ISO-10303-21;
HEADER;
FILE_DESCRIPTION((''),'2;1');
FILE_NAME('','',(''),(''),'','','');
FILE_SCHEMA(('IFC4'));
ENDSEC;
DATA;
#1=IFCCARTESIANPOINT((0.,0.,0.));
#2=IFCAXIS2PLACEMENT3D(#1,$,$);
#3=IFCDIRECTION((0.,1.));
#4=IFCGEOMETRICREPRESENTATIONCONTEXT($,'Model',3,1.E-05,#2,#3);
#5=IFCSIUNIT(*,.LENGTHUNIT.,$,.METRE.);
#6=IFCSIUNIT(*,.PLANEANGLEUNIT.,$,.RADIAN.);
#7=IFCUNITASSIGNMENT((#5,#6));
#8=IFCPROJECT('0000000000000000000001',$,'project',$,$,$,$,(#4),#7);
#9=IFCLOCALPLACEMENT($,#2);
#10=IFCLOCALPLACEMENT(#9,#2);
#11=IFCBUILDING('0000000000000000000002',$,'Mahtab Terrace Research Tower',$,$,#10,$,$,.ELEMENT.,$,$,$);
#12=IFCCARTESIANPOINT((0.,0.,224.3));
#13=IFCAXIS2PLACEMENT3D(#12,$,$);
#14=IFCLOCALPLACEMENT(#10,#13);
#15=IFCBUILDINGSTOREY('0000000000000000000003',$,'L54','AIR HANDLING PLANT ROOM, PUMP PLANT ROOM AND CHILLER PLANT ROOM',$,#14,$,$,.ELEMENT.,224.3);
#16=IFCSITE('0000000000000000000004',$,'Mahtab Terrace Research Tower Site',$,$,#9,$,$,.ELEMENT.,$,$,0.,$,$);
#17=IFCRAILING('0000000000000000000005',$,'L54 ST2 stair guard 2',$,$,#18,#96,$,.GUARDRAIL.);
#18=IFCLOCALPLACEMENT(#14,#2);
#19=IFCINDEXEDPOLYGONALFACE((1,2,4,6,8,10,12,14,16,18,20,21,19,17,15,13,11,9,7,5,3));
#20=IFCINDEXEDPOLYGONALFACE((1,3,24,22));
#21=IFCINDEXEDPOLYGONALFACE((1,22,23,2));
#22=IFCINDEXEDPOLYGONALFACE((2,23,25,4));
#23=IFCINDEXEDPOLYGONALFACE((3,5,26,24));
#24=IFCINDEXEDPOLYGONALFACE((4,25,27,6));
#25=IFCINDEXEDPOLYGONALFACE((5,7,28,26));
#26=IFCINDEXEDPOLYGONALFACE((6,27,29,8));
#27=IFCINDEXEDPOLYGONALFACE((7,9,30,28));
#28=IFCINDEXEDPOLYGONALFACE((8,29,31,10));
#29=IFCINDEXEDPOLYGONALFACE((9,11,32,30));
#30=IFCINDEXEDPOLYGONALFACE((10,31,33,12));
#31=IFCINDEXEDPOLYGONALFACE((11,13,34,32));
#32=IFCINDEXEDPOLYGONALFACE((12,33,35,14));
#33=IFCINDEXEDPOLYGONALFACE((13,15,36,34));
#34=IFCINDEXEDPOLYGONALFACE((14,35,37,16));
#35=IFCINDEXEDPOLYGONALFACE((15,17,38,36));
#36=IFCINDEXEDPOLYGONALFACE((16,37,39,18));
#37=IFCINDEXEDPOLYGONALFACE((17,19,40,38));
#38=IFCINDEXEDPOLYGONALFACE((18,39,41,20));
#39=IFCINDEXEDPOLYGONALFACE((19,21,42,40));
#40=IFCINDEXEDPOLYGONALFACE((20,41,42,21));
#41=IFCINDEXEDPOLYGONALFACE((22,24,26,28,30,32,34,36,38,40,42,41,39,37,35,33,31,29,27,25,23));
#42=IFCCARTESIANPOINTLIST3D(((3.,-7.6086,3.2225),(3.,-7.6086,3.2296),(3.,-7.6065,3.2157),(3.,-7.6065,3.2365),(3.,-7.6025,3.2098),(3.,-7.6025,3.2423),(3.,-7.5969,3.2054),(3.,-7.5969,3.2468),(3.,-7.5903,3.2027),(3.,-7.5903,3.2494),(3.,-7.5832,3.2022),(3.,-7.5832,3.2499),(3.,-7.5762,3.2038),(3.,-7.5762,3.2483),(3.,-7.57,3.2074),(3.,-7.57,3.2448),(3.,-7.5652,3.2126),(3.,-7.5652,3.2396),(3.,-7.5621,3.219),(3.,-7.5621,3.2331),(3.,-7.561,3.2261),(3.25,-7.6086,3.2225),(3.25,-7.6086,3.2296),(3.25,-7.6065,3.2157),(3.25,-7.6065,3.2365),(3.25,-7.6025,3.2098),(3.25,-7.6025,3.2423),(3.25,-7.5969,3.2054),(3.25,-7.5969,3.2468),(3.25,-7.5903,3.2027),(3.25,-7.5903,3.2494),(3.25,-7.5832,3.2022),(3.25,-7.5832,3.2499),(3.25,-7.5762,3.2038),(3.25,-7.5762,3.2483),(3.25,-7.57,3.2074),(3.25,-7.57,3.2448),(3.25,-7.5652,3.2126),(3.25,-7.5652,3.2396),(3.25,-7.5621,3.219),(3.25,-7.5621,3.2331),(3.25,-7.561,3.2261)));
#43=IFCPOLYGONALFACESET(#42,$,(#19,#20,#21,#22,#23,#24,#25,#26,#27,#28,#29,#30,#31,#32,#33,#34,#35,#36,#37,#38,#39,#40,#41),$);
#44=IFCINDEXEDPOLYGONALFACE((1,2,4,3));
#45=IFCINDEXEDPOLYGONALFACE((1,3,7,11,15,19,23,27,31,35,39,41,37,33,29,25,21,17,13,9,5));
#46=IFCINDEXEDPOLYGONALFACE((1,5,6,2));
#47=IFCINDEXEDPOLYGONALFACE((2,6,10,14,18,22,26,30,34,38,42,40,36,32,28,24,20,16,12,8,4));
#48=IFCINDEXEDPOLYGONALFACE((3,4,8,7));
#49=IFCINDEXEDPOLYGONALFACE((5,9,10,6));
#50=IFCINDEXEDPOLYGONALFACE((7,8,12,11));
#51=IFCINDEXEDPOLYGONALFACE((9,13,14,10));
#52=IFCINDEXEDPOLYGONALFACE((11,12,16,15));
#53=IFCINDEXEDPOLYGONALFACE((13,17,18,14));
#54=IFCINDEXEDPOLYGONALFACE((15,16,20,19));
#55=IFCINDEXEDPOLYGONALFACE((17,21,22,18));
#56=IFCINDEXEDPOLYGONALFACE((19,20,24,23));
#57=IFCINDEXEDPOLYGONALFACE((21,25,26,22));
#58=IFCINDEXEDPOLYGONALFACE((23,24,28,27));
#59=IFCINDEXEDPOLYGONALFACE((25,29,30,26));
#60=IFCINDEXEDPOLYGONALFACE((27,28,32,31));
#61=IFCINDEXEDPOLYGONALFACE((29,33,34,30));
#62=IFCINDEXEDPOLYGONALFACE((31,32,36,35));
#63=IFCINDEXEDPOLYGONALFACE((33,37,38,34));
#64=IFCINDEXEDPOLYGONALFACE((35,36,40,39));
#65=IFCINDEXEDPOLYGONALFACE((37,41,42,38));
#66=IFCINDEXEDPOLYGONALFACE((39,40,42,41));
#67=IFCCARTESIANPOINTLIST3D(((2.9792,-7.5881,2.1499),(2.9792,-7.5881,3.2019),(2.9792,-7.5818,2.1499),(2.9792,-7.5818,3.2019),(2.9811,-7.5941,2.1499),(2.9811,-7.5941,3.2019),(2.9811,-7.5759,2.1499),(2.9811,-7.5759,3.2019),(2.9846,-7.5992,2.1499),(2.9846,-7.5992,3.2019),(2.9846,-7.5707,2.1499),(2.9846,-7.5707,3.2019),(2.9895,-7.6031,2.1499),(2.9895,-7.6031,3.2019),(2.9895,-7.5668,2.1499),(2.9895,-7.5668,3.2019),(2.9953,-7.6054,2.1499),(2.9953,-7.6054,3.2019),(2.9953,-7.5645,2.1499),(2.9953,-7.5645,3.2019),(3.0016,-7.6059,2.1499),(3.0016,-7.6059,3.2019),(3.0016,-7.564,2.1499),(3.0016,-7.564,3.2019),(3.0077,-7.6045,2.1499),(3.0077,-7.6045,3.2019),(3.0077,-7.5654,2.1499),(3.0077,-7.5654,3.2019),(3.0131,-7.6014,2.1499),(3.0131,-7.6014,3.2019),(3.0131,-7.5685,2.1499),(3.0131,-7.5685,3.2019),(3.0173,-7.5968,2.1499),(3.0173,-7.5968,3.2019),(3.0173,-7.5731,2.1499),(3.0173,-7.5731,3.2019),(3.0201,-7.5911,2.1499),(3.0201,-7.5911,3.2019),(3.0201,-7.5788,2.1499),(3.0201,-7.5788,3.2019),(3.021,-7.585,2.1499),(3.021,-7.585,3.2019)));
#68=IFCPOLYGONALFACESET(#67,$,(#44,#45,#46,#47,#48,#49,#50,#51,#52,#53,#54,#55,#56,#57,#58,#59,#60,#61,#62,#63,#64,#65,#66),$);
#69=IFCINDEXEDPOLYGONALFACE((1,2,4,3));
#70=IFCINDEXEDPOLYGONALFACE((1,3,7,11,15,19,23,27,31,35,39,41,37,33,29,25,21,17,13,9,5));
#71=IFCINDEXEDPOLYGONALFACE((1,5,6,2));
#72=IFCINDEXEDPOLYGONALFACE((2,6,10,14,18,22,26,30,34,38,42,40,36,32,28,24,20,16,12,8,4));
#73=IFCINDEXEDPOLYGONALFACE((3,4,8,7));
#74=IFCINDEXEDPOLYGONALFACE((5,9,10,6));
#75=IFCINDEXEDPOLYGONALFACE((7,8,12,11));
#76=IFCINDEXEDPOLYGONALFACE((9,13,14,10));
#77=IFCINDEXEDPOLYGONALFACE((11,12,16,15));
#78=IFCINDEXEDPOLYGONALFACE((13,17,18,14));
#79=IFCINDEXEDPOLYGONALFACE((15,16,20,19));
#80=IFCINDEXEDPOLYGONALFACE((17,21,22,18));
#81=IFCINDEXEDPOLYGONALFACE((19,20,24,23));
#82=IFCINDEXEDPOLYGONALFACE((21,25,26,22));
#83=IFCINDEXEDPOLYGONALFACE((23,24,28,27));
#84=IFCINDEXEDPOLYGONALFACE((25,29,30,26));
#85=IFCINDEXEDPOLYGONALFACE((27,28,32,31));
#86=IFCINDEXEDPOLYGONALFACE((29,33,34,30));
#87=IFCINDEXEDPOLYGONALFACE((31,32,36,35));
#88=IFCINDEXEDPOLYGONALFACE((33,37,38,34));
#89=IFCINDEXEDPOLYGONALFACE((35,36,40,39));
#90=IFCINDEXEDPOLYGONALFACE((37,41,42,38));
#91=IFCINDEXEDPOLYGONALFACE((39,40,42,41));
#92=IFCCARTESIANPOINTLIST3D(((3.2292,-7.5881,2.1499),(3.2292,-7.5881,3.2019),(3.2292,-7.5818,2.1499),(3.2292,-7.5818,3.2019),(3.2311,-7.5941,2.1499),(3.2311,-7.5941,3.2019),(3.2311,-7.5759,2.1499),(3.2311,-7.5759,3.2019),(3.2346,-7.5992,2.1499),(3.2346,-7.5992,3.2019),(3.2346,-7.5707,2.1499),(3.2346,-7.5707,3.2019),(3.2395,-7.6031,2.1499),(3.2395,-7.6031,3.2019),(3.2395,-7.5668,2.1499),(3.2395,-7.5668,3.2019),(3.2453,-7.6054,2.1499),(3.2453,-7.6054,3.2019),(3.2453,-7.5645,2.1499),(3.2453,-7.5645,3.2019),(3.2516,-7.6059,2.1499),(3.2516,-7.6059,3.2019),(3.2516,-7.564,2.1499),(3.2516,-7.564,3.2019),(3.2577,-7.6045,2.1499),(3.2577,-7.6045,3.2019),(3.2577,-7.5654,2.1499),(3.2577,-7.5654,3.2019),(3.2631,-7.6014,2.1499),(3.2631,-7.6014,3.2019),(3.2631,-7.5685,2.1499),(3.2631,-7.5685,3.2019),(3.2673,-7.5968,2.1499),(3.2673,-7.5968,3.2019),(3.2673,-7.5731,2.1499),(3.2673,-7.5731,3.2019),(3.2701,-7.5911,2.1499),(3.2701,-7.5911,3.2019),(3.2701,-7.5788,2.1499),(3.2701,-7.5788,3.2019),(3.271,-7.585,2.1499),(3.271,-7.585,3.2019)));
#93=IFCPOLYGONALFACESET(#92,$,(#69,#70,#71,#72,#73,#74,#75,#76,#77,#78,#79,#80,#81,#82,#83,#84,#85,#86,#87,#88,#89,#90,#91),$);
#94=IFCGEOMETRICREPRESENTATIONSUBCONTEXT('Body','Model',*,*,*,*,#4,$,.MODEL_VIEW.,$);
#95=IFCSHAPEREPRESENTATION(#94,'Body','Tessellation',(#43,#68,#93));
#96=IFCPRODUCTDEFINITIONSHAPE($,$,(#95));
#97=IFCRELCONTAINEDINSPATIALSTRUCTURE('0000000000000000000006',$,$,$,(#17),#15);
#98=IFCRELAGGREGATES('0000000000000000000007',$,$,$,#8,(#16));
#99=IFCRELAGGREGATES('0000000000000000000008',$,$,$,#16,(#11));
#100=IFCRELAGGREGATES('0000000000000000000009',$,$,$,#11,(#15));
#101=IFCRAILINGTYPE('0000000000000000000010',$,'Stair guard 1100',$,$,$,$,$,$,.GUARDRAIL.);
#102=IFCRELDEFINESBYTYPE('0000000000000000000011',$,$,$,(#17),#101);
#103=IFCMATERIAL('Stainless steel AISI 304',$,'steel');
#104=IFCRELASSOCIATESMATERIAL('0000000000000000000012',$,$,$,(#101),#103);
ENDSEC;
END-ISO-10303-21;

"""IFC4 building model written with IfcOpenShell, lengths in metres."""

from ifc_helpers import new_model, si_unit, direction, frame, origin, origin_2d, place, context, subcontext, project, spatial, circle, extrude, material, type_object, element, save


model = new_model("IFC4")

# Units and contexts
model_context = context("Model", 3, precision=1e-05, world=origin(), true_north=direction((0.0, 1.0)))
body_context = subcontext(model_context, "Body", "Model", "MODEL_VIEW")
ifc_project = project(units=[si_unit("LENGTHUNIT", "METRE"), si_unit("PLANEANGLEUNIT", "RADIAN")], contexts=[model_context])

# Site, building, storey
site_placement = place(None, origin())
site = spatial("IfcSite", under=ifc_project, at=site_placement, Name="Mahtab Terrace Research Tower Site", CompositionType="ELEMENT", RefElevation=0.0)
building_placement = place(site_placement, origin())
building = spatial("IfcBuilding", under=site, at=building_placement, Name="Mahtab Terrace Research Tower", CompositionType="ELEMENT")
storey_placement = place(building_placement, frame((0.0, 0.0, 224.3)))
storey = spatial("IfcBuildingStorey", under=building, at=storey_placement, Name="L54", Description="AIR HANDLING PLANT ROOM, PUMP PLANT ROOM AND CHILLER PLANT ROOM", CompositionType="ELEMENT", Elevation=224.3)

# Railing
ifc_material_1 = material(Name="Stainless steel AISI 304", Category="steel")
railing_type_1 = type_object("IfcRailingType", Name="Stair guard 1100", PredefinedType="GUARDRAIL", material=ifc_material_1)
railing_1_placement = place(storey_placement, frame((3.0, -7.585, 2.1499)))
element("IfcRailing", 1, at=railing_1_placement, inside=storey, type_object=railing_type_1, Name="L54 ST2 stair guard 2", PredefinedType="GUARDRAIL", context=body_context, shape_type="SweptSolid", body=[
    extrude(circle(Radius=0.0239, at=origin_2d()), frame((0.0, 0.0, 1.0762), z_axis=(1.0, 0.0, 0.0), x_axis=(0.0, 1.0, 0.0)), (0.0, 0.0, 1.0), 0.25),
    extrude(circle(Radius=0.021, at=origin_2d()), origin(), (0.0, 0.0, 1.0), 1.052),
    extrude(circle(Radius=0.021, at=origin_2d()), frame((0.25, 0.0, 0.0)), (0.0, 0.0, 1.0), 1.052),
])

save(model, "model.ifc")
